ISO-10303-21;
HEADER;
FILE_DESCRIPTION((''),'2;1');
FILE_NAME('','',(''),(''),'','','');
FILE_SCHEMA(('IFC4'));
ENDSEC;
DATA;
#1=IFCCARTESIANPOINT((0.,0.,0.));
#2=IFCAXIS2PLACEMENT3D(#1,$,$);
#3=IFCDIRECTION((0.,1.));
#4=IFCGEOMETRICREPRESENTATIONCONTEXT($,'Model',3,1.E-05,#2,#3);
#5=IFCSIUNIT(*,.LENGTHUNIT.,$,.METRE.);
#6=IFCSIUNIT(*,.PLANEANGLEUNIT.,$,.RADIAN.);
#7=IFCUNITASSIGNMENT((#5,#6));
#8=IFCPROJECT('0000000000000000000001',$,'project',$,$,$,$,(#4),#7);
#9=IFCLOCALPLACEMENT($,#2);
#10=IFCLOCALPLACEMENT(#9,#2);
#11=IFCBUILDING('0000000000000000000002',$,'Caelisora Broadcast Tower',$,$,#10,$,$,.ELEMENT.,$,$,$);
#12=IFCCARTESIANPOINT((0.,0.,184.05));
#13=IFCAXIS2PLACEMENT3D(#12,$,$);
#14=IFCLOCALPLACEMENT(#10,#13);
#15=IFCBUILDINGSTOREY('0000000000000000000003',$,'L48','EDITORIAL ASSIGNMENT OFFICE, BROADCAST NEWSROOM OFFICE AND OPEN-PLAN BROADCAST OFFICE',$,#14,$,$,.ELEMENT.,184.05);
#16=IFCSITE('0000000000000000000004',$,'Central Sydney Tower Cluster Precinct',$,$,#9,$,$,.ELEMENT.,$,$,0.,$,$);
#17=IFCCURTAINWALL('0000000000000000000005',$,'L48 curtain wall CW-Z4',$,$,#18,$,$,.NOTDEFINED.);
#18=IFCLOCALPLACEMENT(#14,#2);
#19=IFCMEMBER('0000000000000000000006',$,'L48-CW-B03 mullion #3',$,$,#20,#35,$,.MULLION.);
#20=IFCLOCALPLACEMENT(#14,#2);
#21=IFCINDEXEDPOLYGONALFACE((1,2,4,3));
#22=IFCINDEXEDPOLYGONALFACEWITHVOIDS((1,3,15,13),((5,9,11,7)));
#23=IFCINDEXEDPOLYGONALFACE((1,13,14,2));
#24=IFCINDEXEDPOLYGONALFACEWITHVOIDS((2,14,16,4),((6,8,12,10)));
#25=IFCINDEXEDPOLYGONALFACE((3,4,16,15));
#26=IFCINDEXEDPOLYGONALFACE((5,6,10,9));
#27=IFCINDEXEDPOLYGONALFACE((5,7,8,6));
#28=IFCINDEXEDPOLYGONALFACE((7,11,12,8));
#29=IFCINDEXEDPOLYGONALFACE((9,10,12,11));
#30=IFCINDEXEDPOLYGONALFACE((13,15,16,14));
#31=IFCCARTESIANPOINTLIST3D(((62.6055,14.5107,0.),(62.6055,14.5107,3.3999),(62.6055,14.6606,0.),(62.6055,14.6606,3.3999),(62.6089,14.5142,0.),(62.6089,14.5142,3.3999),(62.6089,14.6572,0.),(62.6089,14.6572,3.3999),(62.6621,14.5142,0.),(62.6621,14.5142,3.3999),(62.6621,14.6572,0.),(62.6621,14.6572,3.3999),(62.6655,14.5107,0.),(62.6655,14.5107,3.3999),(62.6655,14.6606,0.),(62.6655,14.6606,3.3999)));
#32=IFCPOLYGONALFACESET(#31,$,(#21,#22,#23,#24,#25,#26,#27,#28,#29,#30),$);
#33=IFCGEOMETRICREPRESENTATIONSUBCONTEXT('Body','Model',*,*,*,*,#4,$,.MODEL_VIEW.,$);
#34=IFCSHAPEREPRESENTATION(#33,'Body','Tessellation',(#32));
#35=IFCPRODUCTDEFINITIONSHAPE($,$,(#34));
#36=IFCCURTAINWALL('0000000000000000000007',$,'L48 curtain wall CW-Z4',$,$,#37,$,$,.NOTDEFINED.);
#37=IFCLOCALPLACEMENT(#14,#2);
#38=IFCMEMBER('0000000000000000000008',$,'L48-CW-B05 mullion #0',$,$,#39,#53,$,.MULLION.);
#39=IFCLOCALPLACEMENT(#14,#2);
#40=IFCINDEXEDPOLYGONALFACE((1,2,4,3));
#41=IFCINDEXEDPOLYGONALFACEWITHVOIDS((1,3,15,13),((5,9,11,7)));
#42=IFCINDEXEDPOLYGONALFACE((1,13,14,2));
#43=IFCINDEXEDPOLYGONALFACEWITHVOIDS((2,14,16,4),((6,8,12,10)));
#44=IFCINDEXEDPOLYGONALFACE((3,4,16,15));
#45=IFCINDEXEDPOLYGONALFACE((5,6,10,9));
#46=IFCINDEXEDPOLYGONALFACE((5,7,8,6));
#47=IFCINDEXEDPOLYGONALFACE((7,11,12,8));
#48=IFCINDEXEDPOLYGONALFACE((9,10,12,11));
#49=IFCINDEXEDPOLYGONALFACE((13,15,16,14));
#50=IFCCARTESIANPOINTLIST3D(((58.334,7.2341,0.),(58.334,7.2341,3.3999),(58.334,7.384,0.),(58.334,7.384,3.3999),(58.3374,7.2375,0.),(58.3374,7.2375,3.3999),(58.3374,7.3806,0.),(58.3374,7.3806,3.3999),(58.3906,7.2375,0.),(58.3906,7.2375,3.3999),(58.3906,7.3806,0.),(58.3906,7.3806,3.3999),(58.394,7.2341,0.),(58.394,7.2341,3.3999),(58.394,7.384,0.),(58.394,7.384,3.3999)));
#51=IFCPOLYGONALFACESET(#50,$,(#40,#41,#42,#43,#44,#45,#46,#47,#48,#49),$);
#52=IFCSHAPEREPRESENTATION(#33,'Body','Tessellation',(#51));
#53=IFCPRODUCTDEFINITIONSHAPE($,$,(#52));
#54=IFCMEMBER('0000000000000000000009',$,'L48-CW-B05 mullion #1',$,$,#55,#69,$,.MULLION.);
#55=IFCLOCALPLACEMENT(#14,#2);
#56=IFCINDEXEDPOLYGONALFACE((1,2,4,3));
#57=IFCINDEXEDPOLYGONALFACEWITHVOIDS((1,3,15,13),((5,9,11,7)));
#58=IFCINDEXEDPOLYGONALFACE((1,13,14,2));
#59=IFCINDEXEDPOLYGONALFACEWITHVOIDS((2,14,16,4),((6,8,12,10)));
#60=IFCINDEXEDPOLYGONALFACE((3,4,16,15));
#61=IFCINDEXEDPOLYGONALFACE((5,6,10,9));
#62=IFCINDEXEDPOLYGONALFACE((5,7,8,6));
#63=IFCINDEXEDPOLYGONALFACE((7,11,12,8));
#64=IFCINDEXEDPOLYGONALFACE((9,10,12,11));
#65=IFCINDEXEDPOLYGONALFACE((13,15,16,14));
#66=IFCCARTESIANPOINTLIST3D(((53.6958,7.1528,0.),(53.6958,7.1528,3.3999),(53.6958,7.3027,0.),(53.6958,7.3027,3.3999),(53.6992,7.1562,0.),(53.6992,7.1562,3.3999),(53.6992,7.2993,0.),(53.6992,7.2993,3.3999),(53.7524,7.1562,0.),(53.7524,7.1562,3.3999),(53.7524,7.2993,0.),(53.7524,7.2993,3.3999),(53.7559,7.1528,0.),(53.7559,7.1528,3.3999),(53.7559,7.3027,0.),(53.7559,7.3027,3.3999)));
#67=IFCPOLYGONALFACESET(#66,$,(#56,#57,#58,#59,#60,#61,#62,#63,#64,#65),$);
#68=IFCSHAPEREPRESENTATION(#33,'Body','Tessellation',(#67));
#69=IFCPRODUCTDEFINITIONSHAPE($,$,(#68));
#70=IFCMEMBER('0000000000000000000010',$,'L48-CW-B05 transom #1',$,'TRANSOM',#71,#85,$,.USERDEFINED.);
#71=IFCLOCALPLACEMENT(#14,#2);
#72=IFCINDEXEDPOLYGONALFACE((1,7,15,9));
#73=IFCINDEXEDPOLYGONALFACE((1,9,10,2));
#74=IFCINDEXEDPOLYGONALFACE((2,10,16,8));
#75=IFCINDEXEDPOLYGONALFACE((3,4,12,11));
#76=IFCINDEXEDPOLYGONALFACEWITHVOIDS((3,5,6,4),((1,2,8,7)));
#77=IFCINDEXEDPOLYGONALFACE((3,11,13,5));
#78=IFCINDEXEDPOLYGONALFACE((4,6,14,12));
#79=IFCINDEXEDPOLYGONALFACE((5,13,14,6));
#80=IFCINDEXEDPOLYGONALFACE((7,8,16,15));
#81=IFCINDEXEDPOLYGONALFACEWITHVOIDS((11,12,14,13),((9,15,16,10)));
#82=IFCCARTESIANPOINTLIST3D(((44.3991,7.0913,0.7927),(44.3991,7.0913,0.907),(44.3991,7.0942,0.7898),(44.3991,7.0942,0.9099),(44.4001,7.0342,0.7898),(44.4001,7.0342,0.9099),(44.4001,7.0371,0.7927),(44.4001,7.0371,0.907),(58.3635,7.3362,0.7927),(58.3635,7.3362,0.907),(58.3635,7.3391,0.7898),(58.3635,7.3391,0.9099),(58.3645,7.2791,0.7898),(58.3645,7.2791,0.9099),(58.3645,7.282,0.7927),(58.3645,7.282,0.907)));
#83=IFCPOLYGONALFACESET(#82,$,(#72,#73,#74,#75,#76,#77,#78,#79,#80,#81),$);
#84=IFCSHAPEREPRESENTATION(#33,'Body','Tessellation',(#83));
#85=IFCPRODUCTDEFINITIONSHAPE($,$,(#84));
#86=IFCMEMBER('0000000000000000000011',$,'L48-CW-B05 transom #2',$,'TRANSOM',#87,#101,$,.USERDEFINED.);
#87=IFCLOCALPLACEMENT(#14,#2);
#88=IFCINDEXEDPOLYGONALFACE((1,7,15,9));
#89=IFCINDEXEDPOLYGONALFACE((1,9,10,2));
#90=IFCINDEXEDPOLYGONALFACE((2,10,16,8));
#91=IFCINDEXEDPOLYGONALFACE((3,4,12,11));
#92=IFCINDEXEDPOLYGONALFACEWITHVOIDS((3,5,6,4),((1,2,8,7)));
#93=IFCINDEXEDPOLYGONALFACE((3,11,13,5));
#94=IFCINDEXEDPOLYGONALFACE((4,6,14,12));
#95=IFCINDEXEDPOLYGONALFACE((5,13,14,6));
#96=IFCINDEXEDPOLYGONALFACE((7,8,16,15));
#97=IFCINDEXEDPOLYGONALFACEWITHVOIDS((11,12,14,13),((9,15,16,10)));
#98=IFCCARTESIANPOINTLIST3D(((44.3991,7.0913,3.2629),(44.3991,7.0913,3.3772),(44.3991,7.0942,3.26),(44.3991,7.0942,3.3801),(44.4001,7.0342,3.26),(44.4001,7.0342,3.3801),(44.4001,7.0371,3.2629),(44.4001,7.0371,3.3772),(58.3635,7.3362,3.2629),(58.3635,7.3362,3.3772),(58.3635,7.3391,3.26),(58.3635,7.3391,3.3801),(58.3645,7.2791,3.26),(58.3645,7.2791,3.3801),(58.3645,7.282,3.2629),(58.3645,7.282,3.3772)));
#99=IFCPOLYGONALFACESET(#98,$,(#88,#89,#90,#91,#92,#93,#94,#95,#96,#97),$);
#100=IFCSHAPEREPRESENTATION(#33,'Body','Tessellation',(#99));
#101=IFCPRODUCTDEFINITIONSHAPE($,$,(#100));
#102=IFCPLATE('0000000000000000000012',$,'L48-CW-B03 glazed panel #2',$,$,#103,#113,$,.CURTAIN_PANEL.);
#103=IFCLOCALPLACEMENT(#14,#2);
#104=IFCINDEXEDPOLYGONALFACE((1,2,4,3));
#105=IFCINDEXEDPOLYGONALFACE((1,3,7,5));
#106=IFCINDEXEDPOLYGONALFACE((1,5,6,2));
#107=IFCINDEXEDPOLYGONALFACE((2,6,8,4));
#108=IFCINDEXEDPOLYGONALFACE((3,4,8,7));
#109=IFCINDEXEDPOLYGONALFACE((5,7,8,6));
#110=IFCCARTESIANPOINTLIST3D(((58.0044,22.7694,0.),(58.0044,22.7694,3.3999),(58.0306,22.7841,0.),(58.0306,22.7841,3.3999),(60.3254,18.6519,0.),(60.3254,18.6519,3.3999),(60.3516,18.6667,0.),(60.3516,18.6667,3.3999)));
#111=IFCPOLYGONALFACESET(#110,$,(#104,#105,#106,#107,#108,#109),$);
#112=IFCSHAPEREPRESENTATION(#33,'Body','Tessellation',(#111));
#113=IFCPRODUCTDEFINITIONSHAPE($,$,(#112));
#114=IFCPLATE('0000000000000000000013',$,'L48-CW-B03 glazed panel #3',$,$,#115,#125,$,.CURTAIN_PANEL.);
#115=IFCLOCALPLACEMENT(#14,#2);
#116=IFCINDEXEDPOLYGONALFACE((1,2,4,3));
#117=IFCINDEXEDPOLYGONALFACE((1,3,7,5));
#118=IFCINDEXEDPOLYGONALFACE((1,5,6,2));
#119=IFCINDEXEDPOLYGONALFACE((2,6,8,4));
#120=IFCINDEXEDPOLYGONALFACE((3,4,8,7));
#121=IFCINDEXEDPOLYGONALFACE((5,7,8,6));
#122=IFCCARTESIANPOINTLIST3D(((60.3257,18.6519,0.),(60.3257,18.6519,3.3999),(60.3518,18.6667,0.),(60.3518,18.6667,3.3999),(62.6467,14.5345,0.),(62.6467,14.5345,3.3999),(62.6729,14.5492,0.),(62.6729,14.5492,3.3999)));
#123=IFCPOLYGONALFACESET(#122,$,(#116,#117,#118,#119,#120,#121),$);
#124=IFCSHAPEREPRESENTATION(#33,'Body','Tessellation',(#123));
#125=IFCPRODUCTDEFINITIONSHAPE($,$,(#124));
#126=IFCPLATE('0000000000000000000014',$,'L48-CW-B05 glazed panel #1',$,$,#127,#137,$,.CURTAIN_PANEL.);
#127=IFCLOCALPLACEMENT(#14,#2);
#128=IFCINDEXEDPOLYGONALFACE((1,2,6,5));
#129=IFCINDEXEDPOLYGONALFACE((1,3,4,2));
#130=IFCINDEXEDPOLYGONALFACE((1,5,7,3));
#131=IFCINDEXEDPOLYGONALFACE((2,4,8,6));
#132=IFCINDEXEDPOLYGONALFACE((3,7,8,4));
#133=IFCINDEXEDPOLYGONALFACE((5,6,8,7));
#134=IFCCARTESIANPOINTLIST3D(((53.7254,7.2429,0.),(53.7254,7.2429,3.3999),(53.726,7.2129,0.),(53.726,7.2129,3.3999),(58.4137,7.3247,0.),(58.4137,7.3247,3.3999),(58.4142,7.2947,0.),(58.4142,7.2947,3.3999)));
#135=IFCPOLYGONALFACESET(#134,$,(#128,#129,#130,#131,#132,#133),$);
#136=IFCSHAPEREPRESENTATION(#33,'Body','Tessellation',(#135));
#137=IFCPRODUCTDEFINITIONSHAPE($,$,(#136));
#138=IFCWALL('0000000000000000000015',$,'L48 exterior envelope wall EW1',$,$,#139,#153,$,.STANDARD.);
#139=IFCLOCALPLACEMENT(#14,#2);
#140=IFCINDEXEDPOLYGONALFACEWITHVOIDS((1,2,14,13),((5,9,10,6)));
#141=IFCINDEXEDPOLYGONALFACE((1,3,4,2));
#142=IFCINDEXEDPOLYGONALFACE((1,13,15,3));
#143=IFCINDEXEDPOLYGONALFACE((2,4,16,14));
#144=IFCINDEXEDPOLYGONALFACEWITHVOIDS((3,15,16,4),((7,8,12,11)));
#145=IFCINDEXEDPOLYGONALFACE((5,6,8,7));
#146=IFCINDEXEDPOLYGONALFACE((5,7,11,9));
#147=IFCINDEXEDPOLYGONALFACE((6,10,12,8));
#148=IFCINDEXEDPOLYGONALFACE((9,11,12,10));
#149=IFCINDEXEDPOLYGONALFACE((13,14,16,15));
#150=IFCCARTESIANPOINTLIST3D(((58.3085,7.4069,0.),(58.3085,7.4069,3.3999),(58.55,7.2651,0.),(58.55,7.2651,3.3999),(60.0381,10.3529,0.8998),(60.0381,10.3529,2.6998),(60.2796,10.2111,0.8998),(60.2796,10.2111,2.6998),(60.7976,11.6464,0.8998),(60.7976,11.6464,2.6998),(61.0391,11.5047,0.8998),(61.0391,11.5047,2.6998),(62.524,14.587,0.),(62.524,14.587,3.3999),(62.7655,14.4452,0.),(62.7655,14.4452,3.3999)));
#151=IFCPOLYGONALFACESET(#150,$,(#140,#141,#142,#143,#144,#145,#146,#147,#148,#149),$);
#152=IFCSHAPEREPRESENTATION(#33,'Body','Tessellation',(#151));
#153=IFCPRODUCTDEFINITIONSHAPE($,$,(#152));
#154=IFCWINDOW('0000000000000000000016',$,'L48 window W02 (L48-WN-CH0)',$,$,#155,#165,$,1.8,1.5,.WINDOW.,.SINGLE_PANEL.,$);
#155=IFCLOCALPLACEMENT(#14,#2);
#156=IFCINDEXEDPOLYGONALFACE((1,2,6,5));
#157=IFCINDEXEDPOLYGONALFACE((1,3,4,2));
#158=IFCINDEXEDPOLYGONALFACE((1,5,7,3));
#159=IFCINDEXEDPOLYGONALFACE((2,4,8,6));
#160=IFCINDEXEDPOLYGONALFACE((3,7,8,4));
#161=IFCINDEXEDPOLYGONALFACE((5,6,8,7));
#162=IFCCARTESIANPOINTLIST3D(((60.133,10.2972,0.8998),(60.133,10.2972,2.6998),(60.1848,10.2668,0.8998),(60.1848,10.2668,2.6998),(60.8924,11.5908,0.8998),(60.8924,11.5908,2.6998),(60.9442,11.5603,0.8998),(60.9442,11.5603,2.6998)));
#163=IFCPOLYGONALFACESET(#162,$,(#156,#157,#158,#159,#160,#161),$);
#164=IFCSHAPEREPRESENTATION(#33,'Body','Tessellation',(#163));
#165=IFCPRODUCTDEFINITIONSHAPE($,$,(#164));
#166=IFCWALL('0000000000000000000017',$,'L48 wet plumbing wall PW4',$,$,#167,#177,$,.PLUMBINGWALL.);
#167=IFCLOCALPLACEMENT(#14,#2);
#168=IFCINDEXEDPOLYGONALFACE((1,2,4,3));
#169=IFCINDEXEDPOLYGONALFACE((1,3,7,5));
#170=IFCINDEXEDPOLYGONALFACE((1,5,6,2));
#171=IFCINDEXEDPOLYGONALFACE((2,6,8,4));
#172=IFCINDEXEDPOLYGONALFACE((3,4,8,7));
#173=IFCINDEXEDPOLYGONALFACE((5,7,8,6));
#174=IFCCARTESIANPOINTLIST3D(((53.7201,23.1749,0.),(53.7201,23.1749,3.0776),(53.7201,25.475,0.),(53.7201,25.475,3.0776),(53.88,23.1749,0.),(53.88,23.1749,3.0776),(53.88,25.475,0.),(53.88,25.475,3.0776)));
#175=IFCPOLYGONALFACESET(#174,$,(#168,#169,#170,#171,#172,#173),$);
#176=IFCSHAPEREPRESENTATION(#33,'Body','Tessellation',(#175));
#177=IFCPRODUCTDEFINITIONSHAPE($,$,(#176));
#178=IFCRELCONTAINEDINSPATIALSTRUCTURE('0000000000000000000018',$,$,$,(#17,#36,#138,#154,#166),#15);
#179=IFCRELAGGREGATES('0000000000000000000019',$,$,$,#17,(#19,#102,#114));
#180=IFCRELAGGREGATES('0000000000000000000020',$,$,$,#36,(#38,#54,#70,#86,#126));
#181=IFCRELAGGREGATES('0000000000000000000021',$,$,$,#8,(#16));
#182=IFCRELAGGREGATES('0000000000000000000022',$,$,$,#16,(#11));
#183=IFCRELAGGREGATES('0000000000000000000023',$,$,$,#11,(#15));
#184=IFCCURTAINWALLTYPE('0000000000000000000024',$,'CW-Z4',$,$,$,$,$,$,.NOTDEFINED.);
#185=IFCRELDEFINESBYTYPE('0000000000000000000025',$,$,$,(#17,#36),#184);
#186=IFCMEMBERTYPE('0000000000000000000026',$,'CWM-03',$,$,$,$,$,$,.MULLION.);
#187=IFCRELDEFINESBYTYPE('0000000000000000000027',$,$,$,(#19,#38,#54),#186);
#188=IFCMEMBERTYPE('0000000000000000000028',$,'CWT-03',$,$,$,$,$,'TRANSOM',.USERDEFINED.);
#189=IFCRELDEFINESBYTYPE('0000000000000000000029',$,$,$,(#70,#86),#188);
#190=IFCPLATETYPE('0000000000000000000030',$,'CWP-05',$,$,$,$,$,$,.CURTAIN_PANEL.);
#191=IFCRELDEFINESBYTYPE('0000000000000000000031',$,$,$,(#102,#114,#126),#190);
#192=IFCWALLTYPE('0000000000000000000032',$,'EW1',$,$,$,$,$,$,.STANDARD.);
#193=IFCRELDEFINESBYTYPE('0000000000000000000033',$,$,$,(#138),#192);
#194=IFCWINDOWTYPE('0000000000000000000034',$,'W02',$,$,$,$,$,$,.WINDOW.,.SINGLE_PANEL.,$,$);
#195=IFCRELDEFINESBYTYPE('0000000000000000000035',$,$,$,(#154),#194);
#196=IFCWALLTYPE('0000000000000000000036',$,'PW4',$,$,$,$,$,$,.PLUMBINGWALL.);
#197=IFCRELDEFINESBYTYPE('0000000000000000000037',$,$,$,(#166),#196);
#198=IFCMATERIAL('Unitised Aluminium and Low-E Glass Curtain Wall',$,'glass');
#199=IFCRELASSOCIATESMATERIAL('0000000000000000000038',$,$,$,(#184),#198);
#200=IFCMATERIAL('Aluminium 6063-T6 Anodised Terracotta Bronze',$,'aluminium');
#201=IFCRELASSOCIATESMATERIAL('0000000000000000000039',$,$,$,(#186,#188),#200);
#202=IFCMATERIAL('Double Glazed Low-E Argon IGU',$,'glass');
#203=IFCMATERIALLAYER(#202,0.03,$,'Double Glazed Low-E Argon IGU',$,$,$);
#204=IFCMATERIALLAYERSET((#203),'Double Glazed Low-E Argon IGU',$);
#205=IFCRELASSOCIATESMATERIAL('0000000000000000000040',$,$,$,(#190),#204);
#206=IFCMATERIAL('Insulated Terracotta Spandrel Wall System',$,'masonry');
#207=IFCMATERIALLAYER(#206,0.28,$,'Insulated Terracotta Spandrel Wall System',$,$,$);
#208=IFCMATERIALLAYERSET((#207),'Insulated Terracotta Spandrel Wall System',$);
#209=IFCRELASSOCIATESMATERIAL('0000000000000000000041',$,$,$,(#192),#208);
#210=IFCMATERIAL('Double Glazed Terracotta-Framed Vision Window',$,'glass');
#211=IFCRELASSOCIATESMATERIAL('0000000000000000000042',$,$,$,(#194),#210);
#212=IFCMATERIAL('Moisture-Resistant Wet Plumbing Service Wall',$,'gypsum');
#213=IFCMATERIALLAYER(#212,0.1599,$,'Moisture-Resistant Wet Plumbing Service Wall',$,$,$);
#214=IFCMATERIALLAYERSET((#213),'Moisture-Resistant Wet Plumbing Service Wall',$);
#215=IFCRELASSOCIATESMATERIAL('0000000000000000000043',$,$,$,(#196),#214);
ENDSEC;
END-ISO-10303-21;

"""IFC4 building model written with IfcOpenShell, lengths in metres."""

from ifc_helpers import new_model, si_unit, direction, frame, frame_2d, origin, origin_2d, place, context, subcontext, project, spatial, rectangle, hollow_rectangle, extrude, source, transform, mapped, material, layer, layer_set, material_profile, profile_set, type_object, type_shapes, element, fill, aggregate, save


model = new_model("IFC4")

# Units and contexts
model_context = context("Model", 3, precision=1e-05, world=origin(), true_north=direction((0.0, 1.0)))
body_context = subcontext(model_context, "Body", "Model", "MODEL_VIEW")
ifc_project = project(units=[si_unit("LENGTHUNIT", "METRE"), si_unit("PLANEANGLEUNIT", "RADIAN")], contexts=[model_context])

# Site, building, storey
site_placement = place(None, origin())
site = spatial("IfcSite", under=ifc_project, at=site_placement, Name="Central Sydney Tower Cluster Precinct", CompositionType="ELEMENT", RefElevation=0.0)
building_placement = place(site_placement, origin())
building = spatial("IfcBuilding", under=site, at=building_placement, Name="Caelisora Broadcast Tower", CompositionType="ELEMENT")
storey_placement = place(building_placement, frame((0.0, 0.0, 184.05)))
storey = spatial("IfcBuildingStorey", under=building, at=storey_placement, Name="L48", Description="EDITORIAL ASSIGNMENT OFFICE, BROADCAST NEWSROOM OFFICE AND OPEN-PLAN BROADCAST OFFICE", CompositionType="ELEMENT", Elevation=184.05)

# Curtain walls, members
ifc_material_1 = material(Name="Unitised Aluminium and Low-E Glass Curtain Wall", Category="glass")
curtain_wall_type = type_object("IfcCurtainWallType", Name="CW-Z4", PredefinedType="NOTDEFINED", material=ifc_material_1)
curtain_wall_1_placement = place(storey_placement, origin())
curtain_wall_1 = element("IfcCurtainWall", 1, at=curtain_wall_1_placement, inside=storey, type_object=curtain_wall_type, Name="L48 curtain wall CW-Z4", PredefinedType="NOTDEFINED")
ifc_material_2 = material(Name="Aluminium 6063-T6 Anodised Terracotta Bronze", Category="aluminium")
ifc_material_profile_1 = material_profile(ifc_material_2, hollow_rectangle(XDim=0.0601, YDim=0.1499, WallThickness=0.0034, at=origin_2d()), Name="Aluminium 6063-T6 Anodised Terracotta Bronze")
ifc_profile_set_1 = profile_set([ifc_material_profile_1], Name="Aluminium 6063-T6 Anodised Terracotta Bronze")
member_type_1 = type_object("IfcMemberType", Name="CWM-03", PredefinedType="MULLION", material=ifc_profile_set_1)
shared_shape_1 = source(origin(), body_context, "Body", "SweptSolid", [
    extrude(hollow_rectangle(XDim=0.0601, YDim=0.1499, WallThickness=0.0034, at=origin_2d()), origin(), (0.0, 0.0, 1.0), 3.3999),
])
type_shapes(member_type_1, [shared_shape_1])
member_1_placement = place(storey_placement, frame((62.6355, 14.5857, 0.0), z_axis=(0.0, 0.0, 1.0), x_axis=(1.0, 0.0, 0.0)))
member_1 = element("IfcMember", 2, at=member_1_placement, type_object=member_type_1, Name="L48-CW-B03 mullion #3", PredefinedType="MULLION", context=body_context, shape_type="MappedRepresentation", body=[
    mapped(shared_shape_1, transform((0.0, 0.0, 0.0), scale=1.0)),
])
curtain_wall_2_placement = place(storey_placement, origin())
curtain_wall_2 = element("IfcCurtainWall", 3, at=curtain_wall_2_placement, inside=storey, type_object=curtain_wall_type, Name="L48 curtain wall CW-Z4", PredefinedType="NOTDEFINED")
member_2_placement = place(storey_placement, frame((58.364, 7.3091, 0.0), z_axis=(0.0, 0.0, 1.0), x_axis=(1.0, 0.0, 0.0)))
member_2 = element("IfcMember", 4, at=member_2_placement, type_object=member_type_1, Name="L48-CW-B05 mullion #0", PredefinedType="MULLION", context=body_context, shape_type="MappedRepresentation", body=[
    mapped(shared_shape_1, transform((0.0, 0.0, 0.0), scale=1.0)),
])
member_3_placement = place(storey_placement, frame((53.7258, 7.2278, 0.0), z_axis=(0.0, 0.0, 1.0), x_axis=(1.0, 0.0, 0.0)))
member_3 = element("IfcMember", 5, at=member_3_placement, type_object=member_type_1, Name="L48-CW-B05 mullion #1", PredefinedType="MULLION", context=body_context, shape_type="MappedRepresentation", body=[
    mapped(shared_shape_1, transform((0.0, 0.0, 0.0), scale=1.0)),
])
ifc_material_profile_2 = material_profile(ifc_material_2, hollow_rectangle(XDim=0.0601, YDim=0.1201, WallThickness=0.0029, at=origin_2d()), Name="Aluminium 6063-T6 Anodised Terracotta Bronze")
ifc_profile_set_2 = profile_set([ifc_material_profile_2], Name="Aluminium 6063-T6 Anodised Terracotta Bronze")
member_type_2 = type_object("IfcMemberType", Name="CWT-03", ElementType="TRANSOM", PredefinedType="USERDEFINED", material=ifc_profile_set_2)
shared_shape_2 = source(origin(), body_context, "Body", "SweptSolid", [
    extrude(hollow_rectangle(XDim=0.0601, YDim=0.1201, WallThickness=0.0029, at=origin_2d()), origin(), (0.0, 0.0, 1.0), 13.9666),
])
type_shapes(member_type_2, [shared_shape_2])
member_4_placement = place(storey_placement, frame((58.364, 7.3091, 0.8499), z_axis=(-0.999846, -0.017533, 0.0), x_axis=(0.017533, -0.999846, 0.0)))
member_4 = element("IfcMember", 6, at=member_4_placement, type_object=member_type_2, Name="L48-CW-B05 transom #1", ObjectType="TRANSOM", PredefinedType="USERDEFINED", context=body_context, shape_type="MappedRepresentation", body=[
    mapped(shared_shape_2, transform((0.0, 0.0, 0.0), scale=1.0)),
])
member_5_placement = place(storey_placement, frame((58.364, 7.3091, 3.3201), z_axis=(-0.999846, -0.017533, 0.0), x_axis=(0.017533, -0.999846, 0.0)))
member_5 = element("IfcMember", 7, at=member_5_placement, type_object=member_type_2, Name="L48-CW-B05 transom #2", ObjectType="TRANSOM", PredefinedType="USERDEFINED", context=body_context, shape_type="MappedRepresentation", body=[
    mapped(shared_shape_2, transform((0.0, 0.0, 0.0), scale=1.0)),
])

# Plates
ifc_material_3 = material(Name="Double Glazed Low-E Argon IGU", Category="glass")
ifc_layer_1 = layer(ifc_material_3, 0.03, Name="Double Glazed Low-E Argon IGU")
ifc_layer_set_1 = layer_set([ifc_layer_1], Name="Double Glazed Low-E Argon IGU")
plate_type = type_object("IfcPlateType", Name="CWP-05", PredefinedType="CURTAIN_PANEL", material=ifc_layer_set_1)
shared_shape_3 = source(origin(), body_context, "Body", "SweptSolid", [
    extrude(rectangle(XDim=4.7266, YDim=0.03, at=origin_2d()), origin(), (0.0, 0.0, 1.0), 3.3999),
])
plate_1_placement = place(storey_placement, frame((59.178, 20.718, 0.0), z_axis=(0.0, 0.0, 1.0), x_axis=(0.491056, -0.871128, 0.0)))
plate_1 = element("IfcPlate", 8, at=plate_1_placement, type_object=plate_type, Name="L48-CW-B03 glazed panel #2", PredefinedType="CURTAIN_PANEL", context=body_context, shape_type="MappedRepresentation", body=[
    mapped(shared_shape_3, transform((0.0, 0.0, 0.0), scale=1.0)),
])
plate_2_placement = place(storey_placement, frame((61.4993, 16.6006, 0.0), z_axis=(0.0, 0.0, 1.0), x_axis=(0.491056, -0.871128, 0.0)))
plate_2 = element("IfcPlate", 9, at=plate_2_placement, type_object=plate_type, Name="L48-CW-B03 glazed panel #3", PredefinedType="CURTAIN_PANEL", context=body_context, shape_type="MappedRepresentation", body=[
    mapped(shared_shape_3, transform((0.0, 0.0, 0.0), scale=1.0)),
])
aggregate(curtain_wall_1, [member_1, plate_1, plate_2])
shared_shape_4 = source(origin(), body_context, "Body", "SweptSolid", [
    extrude(rectangle(XDim=4.689, YDim=0.03, at=origin_2d()), origin(), (0.0, 0.0, 1.0), 3.3999),
])
type_shapes(plate_type, [shared_shape_3, shared_shape_4])
plate_3_placement = place(storey_placement, frame((56.0698, 7.2688, 0.0), z_axis=(0.0, 0.0, 1.0), x_axis=(-0.999848, -0.017452, 0.0)))
plate_3 = element("IfcPlate", 10, at=plate_3_placement, type_object=plate_type, Name="L48-CW-B05 glazed panel #1", PredefinedType="CURTAIN_PANEL", context=body_context, shape_type="MappedRepresentation", body=[
    mapped(shared_shape_4, transform((0.0, 0.0, 0.0), scale=1.0)),
])
aggregate(curtain_wall_2, [member_2, member_3, member_4, member_5, plate_3])

# Wall, opening, window
ifc_material_4 = material(Name="Insulated Terracotta Spandrel Wall System", Category="masonry")
ifc_layer_2 = layer(ifc_material_4, 0.28, Name="Insulated Terracotta Spandrel Wall System")
ifc_layer_set_2 = layer_set([ifc_layer_2], Name="Insulated Terracotta Spandrel Wall System")
wall_type_1 = type_object("IfcWallType", Name="EW1", PredefinedType="STANDARD", material=ifc_layer_set_2)
wall_1_placement = place(storey_placement, frame((62.6448, 14.5161, 0.0), z_axis=(0.0, 0.0, 1.0), x_axis=(-0.506301, -0.862357, 0.0)))
wall_1 = element("IfcWall", 11, at=wall_1_placement, inside=storey, type_object=wall_type_1, Name="L48 exterior envelope wall EW1", PredefinedType="STANDARD", context=body_context, shape_type="SweptSolid", body=[
    extrude(rectangle(XDim=8.3262, YDim=0.28, at=frame_2d((4.1631, 0.0))), origin(), (0.0, 0.0, 1.0), 3.3999),
])
opening_placement = place(wall_1_placement, frame((3.4099, 0.0, 0.8999)))
opening = element("IfcOpeningElement", 12, at=opening_placement, cuts=wall_1, PredefinedType="OPENING", context=body_context, shape_type="SweptSolid", body=[
    extrude(rectangle(XDim=1.5, YDim=1.8, at=frame_2d((0.75, 0.8999))), frame((0.0, 0.1521, 0.0), z_axis=(0.0, -1.0, 0.0), x_axis=(1.0, 0.0, 0.0)), (0.0, 0.0, 1.0), 0.304),
])
ifc_material_5 = material(Name="Double Glazed Terracotta-Framed Vision Window", Category="glass")
window_type = type_object("IfcWindowType", Name="W02", PartitioningType="SINGLE_PANEL", PredefinedType="WINDOW", material=ifc_material_5)
window_placement = place(opening_placement, origin())
window = element("IfcWindow", 13, at=window_placement, inside=storey, type_object=window_type, Name="L48 window W02 (L48-WN-CH0)", OverallHeight=1.8, OverallWidth=1.5, PartitioningType="SINGLE_PANEL", PredefinedType="WINDOW", context=body_context, shape_type="SweptSolid", body=[
    extrude(rectangle(XDim=1.5, YDim=1.8, at=frame_2d((0.75, 0.8999))), frame((0.0, 0.03, 0.0), z_axis=(0.0, -1.0, 0.0), x_axis=(1.0, 0.0, 0.0)), (0.0, 0.0, 1.0), 0.0601),
])
fill(opening, window)

# Wall
ifc_material_6 = material(Name="Moisture-Resistant Wet Plumbing Service Wall", Category="gypsum")
ifc_layer_3 = layer(ifc_material_6, 0.1599, Name="Moisture-Resistant Wet Plumbing Service Wall")
ifc_layer_set_3 = layer_set([ifc_layer_3], Name="Moisture-Resistant Wet Plumbing Service Wall")
wall_type_2 = type_object("IfcWallType", Name="PW4", PredefinedType="PLUMBINGWALL", material=ifc_layer_set_3)
wall_2_placement = place(storey_placement, frame((53.8, 23.175, 0.0), z_axis=(0.0, 0.0, 1.0), x_axis=(0.0, 1.0, 0.0)))
element("IfcWall", 14, at=wall_2_placement, inside=storey, type_object=wall_type_2, Name="L48 wet plumbing wall PW4", PredefinedType="PLUMBINGWALL", context=body_context, shape_type="SweptSolid", body=[
    extrude(rectangle(XDim=2.3, YDim=0.1599, at=frame_2d((1.1499, 0.0))), origin(), (0.0, 0.0, 1.0), 3.0776),
])

save(model, "model.ifc")
